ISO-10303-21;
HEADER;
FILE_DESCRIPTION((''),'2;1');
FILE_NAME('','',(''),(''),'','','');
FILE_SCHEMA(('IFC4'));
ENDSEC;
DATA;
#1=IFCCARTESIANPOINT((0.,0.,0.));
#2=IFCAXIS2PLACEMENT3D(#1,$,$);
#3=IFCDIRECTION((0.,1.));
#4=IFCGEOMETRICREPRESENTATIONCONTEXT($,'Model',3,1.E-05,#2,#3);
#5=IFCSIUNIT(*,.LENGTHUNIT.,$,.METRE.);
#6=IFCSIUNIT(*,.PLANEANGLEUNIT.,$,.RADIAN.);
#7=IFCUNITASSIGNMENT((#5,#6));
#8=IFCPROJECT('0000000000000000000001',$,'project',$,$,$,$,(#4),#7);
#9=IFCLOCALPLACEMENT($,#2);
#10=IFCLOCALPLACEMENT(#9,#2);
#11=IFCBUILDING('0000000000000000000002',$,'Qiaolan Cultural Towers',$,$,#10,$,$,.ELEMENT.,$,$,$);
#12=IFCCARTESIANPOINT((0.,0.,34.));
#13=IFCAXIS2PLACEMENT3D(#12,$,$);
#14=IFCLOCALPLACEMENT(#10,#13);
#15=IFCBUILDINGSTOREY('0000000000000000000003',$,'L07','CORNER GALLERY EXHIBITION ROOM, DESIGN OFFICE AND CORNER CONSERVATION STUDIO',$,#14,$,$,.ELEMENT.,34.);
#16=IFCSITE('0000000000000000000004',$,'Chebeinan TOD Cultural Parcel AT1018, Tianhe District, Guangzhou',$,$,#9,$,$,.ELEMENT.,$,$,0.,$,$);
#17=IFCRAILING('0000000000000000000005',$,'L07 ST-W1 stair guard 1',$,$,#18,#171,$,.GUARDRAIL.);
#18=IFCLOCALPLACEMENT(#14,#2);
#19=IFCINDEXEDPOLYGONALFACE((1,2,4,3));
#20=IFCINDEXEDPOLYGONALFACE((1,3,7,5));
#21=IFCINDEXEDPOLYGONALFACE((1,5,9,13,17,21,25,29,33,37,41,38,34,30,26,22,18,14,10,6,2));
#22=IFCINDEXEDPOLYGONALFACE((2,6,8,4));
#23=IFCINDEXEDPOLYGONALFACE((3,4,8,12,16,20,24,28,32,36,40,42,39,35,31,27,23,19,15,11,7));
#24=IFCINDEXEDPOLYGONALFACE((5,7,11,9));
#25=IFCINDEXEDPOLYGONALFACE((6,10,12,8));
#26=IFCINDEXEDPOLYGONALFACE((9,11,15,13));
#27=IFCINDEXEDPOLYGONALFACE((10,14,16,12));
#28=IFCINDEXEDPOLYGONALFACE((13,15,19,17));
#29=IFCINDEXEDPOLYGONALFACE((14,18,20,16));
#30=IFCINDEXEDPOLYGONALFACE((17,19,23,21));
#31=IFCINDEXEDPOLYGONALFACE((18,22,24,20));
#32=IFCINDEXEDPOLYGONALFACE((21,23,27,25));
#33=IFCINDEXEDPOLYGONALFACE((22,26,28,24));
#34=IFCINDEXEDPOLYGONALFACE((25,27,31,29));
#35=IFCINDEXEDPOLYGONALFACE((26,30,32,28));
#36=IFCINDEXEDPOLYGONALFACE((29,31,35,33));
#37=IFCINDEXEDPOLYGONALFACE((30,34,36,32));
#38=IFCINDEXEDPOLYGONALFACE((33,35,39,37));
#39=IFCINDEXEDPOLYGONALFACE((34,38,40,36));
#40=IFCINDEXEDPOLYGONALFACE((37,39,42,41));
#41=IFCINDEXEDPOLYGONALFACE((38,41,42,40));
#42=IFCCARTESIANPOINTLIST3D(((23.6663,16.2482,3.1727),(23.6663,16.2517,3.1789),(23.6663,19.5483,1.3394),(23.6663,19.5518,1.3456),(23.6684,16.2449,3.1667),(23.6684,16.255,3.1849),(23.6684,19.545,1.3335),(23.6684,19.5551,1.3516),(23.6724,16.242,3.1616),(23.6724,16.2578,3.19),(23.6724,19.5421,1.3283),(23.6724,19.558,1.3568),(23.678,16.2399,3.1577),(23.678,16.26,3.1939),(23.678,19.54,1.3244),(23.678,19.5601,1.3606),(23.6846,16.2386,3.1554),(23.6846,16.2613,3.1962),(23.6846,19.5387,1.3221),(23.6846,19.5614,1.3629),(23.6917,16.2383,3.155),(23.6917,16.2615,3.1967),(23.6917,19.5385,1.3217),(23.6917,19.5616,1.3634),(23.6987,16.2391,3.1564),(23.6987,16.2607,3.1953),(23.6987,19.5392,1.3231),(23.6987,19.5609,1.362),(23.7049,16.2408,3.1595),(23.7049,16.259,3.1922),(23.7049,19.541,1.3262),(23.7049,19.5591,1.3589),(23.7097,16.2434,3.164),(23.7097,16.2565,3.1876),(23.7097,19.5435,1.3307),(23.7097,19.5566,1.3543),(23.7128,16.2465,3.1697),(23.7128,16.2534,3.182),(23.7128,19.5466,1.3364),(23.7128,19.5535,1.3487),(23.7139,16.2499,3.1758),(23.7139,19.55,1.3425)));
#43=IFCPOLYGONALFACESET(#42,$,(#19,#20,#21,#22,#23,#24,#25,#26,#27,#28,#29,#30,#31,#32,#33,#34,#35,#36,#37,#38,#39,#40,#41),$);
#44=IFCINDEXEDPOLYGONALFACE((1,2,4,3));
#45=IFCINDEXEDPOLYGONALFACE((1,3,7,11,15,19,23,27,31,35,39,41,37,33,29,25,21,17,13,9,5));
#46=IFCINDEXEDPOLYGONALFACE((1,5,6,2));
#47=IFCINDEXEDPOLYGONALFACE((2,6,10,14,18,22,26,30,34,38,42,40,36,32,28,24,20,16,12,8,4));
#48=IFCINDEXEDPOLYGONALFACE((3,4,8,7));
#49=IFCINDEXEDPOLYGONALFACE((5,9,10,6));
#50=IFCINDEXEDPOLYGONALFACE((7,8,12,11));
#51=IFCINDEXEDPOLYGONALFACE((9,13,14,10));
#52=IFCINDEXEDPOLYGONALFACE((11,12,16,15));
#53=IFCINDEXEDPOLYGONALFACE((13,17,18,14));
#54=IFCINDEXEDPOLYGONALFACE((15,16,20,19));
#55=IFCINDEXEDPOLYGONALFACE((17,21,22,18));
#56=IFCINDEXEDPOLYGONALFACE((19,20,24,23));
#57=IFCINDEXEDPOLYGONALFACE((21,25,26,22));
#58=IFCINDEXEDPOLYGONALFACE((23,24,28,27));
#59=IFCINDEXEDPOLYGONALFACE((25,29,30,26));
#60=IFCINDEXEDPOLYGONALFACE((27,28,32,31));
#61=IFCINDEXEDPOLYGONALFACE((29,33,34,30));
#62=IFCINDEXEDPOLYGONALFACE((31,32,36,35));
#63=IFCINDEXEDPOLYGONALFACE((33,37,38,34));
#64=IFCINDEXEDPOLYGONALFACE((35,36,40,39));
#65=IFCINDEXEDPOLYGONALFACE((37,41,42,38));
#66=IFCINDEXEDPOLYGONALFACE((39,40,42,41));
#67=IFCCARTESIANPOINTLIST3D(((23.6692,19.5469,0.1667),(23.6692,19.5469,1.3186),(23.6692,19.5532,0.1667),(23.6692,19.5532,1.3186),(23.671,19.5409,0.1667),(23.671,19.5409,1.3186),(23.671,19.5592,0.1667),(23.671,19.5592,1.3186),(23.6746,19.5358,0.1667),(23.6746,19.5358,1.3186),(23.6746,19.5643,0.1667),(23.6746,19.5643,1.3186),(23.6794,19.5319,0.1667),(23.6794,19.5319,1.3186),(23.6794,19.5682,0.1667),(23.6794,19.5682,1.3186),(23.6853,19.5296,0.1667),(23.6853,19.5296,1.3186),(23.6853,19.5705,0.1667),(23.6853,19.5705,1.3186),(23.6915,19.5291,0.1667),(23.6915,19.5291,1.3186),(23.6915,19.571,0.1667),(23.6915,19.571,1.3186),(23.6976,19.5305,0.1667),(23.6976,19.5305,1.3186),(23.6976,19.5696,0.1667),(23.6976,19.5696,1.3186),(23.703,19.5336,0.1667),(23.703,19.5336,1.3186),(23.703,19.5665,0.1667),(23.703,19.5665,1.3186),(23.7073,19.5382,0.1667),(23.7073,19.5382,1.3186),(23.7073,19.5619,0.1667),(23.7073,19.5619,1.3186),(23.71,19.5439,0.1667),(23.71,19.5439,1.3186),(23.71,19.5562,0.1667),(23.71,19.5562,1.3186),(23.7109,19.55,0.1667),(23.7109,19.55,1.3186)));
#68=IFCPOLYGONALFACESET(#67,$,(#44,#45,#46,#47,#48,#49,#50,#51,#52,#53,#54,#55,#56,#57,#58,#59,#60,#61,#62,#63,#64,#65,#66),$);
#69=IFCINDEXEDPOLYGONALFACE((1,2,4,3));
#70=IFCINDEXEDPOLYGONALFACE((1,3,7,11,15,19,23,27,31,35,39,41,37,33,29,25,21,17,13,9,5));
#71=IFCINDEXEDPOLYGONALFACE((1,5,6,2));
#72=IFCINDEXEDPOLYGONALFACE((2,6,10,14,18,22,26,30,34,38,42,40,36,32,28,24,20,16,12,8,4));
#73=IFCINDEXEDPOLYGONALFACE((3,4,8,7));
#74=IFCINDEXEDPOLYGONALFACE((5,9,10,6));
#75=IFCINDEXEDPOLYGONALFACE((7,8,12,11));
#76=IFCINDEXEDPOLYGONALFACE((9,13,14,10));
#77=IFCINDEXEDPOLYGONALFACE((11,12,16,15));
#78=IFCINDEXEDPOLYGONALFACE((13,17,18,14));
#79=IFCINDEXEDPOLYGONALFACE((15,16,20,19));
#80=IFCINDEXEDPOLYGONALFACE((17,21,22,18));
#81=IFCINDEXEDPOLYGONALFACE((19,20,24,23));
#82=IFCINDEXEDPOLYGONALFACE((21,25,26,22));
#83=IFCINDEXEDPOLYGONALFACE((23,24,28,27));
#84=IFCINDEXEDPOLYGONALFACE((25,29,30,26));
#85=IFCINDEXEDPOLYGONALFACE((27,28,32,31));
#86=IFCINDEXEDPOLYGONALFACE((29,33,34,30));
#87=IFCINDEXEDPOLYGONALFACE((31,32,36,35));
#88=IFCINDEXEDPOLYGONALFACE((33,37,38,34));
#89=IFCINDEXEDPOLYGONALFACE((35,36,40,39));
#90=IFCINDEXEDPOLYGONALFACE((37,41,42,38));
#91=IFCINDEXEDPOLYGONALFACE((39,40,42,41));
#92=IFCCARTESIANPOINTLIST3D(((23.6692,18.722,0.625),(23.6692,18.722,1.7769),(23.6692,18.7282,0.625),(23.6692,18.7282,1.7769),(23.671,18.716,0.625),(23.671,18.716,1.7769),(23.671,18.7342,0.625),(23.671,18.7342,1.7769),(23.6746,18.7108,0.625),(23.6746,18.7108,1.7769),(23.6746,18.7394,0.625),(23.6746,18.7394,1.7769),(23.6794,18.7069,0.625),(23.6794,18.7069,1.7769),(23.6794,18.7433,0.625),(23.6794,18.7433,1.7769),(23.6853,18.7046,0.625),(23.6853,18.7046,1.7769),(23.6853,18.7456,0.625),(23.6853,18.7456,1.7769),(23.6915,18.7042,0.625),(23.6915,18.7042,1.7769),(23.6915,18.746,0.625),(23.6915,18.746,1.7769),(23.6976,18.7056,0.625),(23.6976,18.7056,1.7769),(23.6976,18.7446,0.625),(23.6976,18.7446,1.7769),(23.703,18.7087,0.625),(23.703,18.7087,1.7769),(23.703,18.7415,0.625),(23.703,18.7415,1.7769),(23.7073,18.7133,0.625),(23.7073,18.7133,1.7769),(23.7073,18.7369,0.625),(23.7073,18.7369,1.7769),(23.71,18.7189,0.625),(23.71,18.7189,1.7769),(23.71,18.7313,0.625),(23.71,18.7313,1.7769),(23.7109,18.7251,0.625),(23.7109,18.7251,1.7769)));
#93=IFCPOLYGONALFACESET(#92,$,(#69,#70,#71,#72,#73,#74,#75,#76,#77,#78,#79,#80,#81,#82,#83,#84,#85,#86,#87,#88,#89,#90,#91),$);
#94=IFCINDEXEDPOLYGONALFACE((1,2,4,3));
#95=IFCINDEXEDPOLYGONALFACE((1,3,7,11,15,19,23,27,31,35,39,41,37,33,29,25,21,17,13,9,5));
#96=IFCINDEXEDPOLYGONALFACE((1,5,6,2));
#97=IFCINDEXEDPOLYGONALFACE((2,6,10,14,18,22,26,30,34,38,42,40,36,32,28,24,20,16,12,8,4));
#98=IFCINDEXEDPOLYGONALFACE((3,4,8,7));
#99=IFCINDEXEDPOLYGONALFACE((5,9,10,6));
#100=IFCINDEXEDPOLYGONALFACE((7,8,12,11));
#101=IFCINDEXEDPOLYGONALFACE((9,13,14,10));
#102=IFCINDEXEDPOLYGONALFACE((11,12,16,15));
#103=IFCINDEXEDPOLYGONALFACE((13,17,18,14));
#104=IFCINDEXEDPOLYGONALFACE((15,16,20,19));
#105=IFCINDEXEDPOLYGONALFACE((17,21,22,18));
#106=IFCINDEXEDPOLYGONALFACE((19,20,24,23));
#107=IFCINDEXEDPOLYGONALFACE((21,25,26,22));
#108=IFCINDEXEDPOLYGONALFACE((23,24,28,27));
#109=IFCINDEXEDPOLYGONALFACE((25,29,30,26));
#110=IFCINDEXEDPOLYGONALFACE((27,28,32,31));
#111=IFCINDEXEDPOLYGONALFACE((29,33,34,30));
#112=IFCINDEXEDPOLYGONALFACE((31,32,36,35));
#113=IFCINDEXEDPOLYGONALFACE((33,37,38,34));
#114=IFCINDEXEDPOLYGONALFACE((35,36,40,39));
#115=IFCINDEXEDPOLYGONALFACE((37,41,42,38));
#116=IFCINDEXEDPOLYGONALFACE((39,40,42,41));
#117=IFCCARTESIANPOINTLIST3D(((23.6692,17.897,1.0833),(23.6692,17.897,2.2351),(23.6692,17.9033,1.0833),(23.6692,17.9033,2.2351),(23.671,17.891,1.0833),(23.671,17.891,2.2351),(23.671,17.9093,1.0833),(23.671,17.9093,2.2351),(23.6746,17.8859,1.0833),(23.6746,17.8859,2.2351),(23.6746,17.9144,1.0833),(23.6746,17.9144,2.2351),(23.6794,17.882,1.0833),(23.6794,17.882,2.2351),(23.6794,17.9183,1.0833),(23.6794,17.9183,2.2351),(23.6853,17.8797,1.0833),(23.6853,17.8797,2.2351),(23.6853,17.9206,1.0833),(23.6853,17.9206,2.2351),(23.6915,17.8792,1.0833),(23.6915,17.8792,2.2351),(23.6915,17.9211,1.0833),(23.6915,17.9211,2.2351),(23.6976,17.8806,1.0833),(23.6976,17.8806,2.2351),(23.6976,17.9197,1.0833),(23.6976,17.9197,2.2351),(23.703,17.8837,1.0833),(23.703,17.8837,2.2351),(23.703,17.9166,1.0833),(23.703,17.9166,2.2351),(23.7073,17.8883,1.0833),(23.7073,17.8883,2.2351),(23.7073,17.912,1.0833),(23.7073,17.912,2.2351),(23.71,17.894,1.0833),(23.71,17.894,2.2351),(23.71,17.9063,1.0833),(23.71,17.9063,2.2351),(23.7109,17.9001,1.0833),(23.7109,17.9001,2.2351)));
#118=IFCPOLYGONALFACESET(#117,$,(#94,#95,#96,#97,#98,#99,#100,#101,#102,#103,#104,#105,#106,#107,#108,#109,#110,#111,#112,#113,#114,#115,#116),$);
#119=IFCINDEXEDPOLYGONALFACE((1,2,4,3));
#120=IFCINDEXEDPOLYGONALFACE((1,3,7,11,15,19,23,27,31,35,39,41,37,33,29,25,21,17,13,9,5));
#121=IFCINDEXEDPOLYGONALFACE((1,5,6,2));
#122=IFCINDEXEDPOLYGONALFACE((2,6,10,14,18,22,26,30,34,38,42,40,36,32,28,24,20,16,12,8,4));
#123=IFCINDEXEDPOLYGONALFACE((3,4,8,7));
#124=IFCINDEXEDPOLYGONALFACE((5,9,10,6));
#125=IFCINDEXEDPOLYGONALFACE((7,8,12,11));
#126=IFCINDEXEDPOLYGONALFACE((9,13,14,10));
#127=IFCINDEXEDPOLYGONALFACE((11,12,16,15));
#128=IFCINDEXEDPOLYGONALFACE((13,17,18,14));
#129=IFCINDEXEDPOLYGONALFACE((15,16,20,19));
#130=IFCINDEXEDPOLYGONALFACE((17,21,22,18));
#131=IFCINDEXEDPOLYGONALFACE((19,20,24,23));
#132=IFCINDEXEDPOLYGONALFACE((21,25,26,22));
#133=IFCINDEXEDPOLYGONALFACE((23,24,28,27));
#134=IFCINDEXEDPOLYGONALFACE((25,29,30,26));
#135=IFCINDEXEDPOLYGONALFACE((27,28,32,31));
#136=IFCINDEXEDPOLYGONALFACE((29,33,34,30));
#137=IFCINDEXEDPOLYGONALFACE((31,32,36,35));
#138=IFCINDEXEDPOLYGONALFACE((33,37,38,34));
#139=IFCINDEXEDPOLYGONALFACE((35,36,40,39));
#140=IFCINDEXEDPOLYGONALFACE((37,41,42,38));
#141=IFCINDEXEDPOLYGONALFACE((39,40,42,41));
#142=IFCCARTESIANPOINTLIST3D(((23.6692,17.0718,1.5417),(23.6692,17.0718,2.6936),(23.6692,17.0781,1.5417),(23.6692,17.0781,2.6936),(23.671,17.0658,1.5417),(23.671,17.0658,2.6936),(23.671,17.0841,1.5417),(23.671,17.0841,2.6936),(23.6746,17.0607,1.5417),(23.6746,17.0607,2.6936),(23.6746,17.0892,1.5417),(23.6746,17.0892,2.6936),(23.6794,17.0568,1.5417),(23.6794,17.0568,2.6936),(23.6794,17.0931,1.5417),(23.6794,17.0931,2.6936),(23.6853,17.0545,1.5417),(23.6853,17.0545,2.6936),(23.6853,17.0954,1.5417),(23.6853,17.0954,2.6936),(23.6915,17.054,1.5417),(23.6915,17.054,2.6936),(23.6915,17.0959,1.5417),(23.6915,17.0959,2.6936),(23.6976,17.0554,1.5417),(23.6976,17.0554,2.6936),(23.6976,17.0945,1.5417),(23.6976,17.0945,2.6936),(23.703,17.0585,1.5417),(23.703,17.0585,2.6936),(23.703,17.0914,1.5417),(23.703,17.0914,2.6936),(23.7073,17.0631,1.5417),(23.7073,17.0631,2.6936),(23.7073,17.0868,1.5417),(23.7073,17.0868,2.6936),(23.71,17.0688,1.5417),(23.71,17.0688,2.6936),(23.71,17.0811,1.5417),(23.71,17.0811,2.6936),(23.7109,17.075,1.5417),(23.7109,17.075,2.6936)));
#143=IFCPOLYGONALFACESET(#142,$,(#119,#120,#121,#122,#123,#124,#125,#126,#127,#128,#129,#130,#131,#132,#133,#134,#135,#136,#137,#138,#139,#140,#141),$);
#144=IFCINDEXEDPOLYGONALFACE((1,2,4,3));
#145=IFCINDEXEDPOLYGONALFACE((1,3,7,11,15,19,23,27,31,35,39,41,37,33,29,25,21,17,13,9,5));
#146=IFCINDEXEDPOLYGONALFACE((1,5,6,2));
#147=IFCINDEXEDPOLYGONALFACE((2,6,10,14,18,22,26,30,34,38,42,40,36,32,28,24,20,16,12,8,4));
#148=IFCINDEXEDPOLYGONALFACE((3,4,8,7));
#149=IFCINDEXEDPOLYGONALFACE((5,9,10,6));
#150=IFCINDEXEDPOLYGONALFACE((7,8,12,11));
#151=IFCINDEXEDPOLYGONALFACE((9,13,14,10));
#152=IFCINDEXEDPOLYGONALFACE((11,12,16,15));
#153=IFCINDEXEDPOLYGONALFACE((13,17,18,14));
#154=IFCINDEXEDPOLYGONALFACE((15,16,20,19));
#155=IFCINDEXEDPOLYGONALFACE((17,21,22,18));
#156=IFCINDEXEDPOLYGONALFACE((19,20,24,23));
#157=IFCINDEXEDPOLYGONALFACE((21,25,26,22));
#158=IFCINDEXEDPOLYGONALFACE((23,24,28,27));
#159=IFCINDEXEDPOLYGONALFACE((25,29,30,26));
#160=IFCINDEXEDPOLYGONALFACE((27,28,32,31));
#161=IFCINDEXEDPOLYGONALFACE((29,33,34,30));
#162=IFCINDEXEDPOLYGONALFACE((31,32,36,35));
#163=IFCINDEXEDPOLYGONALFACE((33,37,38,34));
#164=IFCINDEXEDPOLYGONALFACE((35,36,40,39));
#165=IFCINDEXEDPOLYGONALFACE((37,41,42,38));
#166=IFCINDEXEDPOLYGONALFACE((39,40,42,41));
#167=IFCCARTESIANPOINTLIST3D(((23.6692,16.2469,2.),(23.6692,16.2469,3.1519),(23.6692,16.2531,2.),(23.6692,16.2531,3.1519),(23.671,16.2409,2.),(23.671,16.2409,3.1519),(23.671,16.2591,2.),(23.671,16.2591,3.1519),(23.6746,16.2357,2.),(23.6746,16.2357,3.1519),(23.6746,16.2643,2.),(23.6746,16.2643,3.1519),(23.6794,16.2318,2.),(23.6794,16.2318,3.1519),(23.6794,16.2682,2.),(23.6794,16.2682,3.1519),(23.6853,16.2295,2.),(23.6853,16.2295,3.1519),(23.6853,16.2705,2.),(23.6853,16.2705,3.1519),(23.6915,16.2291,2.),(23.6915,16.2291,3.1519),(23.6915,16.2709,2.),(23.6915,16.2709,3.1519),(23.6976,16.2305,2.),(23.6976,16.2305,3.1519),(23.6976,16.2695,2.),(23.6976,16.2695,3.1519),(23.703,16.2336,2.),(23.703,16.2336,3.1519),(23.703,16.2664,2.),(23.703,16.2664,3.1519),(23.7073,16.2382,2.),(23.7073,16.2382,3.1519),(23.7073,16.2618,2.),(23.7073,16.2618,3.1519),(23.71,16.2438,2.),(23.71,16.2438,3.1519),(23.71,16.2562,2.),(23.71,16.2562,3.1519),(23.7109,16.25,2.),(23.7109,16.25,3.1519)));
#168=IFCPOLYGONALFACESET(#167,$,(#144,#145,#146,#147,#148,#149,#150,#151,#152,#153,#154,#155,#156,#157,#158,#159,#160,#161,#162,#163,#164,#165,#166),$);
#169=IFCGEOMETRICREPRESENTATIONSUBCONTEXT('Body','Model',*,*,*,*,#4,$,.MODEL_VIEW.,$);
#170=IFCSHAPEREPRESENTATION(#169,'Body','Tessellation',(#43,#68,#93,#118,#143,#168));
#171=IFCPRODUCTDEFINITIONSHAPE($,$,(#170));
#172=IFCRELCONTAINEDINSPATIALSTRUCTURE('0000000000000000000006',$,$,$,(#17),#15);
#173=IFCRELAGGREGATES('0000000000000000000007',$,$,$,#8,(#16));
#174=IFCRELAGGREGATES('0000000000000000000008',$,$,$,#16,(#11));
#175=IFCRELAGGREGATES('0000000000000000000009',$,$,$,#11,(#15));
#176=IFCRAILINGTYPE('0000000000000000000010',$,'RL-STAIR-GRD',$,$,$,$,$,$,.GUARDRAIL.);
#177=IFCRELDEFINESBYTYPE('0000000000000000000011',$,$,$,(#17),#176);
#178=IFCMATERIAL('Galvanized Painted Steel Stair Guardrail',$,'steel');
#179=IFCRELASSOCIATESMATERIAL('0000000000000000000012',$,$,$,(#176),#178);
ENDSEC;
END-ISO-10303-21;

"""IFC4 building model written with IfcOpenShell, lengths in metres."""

from ifc_helpers import new_model, si_unit, direction, frame, origin, origin_2d, place, context, subcontext, project, spatial, circle, extrude, material, type_object, element, save


model = new_model("IFC4")

# Units and contexts
model_context = context("Model", 3, precision=1e-05, world=origin(), true_north=direction((0.0, 1.0)))
body_context = subcontext(model_context, "Body", "Model", "MODEL_VIEW")
ifc_project = project(units=[si_unit("LENGTHUNIT", "METRE"), si_unit("PLANEANGLEUNIT", "RADIAN")], contexts=[model_context])

# Site, building, storey
site_placement = place(None, origin())
site = spatial("IfcSite", under=ifc_project, at=site_placement, Name="Chebeinan TOD Cultural Parcel AT1018, Tianhe District, Guangzhou", CompositionType="ELEMENT", RefElevation=0.0)
building_placement = place(site_placement, origin())
building = spatial("IfcBuilding", under=site, at=building_placement, Name="Qiaolan Cultural Towers", CompositionType="ELEMENT")
storey_placement = place(building_placement, frame((0.0, 0.0, 34.0)))
storey = spatial("IfcBuildingStorey", under=building, at=storey_placement, Name="L07", Description="CORNER GALLERY EXHIBITION ROOM, DESIGN OFFICE AND CORNER CONSERVATION STUDIO", CompositionType="ELEMENT", Elevation=34.0)

# Railing
ifc_material_1 = material(Name="Galvanized Painted Steel Stair Guardrail", Category="steel")
railing_type_1 = type_object("IfcRailingType", Name="RL-STAIR-GRD", PredefinedType="GUARDRAIL", material=ifc_material_1)
railing_1_placement = place(storey_placement, frame((23.6899, 19.55, 0.1667)))
element("IfcRailing", 1, at=railing_1_placement, inside=storey, type_object=railing_type_1, Name="L07 ST-W1 stair guard 1", PredefinedType="GUARDRAIL", context=body_context, shape_type="SweptSolid", body=[
    extrude(circle(Radius=0.0239, at=origin_2d()), frame((0.0, 0.0, 1.1758), z_axis=(0.0, -0.874169, 0.485621), x_axis=(1.0, 0.0, 0.0)), (0.0, 0.0, 1.0), 3.7751),
    extrude(circle(Radius=0.021, at=origin_2d()), origin(), (0.0, 0.0, 1.0), 1.1519),
    extrude(circle(Radius=0.021, at=origin_2d()), frame((0.0, -0.825, 0.4583)), (0.0, 0.0, 1.0), 1.1519),
    extrude(circle(Radius=0.021, at=origin_2d()), frame((0.0, -1.6499, 0.9165)), (0.0, 0.0, 1.0), 1.1519),
    extrude(circle(Radius=0.021, at=origin_2d()), frame((0.0, -2.4751, 1.375)), (0.0, 0.0, 1.0), 1.1519),
    extrude(circle(Radius=0.021, at=origin_2d()), frame((0.0, -3.3, 1.8333)), (0.0, 0.0, 1.0), 1.1519),
])

save(model, "model.ifc")
